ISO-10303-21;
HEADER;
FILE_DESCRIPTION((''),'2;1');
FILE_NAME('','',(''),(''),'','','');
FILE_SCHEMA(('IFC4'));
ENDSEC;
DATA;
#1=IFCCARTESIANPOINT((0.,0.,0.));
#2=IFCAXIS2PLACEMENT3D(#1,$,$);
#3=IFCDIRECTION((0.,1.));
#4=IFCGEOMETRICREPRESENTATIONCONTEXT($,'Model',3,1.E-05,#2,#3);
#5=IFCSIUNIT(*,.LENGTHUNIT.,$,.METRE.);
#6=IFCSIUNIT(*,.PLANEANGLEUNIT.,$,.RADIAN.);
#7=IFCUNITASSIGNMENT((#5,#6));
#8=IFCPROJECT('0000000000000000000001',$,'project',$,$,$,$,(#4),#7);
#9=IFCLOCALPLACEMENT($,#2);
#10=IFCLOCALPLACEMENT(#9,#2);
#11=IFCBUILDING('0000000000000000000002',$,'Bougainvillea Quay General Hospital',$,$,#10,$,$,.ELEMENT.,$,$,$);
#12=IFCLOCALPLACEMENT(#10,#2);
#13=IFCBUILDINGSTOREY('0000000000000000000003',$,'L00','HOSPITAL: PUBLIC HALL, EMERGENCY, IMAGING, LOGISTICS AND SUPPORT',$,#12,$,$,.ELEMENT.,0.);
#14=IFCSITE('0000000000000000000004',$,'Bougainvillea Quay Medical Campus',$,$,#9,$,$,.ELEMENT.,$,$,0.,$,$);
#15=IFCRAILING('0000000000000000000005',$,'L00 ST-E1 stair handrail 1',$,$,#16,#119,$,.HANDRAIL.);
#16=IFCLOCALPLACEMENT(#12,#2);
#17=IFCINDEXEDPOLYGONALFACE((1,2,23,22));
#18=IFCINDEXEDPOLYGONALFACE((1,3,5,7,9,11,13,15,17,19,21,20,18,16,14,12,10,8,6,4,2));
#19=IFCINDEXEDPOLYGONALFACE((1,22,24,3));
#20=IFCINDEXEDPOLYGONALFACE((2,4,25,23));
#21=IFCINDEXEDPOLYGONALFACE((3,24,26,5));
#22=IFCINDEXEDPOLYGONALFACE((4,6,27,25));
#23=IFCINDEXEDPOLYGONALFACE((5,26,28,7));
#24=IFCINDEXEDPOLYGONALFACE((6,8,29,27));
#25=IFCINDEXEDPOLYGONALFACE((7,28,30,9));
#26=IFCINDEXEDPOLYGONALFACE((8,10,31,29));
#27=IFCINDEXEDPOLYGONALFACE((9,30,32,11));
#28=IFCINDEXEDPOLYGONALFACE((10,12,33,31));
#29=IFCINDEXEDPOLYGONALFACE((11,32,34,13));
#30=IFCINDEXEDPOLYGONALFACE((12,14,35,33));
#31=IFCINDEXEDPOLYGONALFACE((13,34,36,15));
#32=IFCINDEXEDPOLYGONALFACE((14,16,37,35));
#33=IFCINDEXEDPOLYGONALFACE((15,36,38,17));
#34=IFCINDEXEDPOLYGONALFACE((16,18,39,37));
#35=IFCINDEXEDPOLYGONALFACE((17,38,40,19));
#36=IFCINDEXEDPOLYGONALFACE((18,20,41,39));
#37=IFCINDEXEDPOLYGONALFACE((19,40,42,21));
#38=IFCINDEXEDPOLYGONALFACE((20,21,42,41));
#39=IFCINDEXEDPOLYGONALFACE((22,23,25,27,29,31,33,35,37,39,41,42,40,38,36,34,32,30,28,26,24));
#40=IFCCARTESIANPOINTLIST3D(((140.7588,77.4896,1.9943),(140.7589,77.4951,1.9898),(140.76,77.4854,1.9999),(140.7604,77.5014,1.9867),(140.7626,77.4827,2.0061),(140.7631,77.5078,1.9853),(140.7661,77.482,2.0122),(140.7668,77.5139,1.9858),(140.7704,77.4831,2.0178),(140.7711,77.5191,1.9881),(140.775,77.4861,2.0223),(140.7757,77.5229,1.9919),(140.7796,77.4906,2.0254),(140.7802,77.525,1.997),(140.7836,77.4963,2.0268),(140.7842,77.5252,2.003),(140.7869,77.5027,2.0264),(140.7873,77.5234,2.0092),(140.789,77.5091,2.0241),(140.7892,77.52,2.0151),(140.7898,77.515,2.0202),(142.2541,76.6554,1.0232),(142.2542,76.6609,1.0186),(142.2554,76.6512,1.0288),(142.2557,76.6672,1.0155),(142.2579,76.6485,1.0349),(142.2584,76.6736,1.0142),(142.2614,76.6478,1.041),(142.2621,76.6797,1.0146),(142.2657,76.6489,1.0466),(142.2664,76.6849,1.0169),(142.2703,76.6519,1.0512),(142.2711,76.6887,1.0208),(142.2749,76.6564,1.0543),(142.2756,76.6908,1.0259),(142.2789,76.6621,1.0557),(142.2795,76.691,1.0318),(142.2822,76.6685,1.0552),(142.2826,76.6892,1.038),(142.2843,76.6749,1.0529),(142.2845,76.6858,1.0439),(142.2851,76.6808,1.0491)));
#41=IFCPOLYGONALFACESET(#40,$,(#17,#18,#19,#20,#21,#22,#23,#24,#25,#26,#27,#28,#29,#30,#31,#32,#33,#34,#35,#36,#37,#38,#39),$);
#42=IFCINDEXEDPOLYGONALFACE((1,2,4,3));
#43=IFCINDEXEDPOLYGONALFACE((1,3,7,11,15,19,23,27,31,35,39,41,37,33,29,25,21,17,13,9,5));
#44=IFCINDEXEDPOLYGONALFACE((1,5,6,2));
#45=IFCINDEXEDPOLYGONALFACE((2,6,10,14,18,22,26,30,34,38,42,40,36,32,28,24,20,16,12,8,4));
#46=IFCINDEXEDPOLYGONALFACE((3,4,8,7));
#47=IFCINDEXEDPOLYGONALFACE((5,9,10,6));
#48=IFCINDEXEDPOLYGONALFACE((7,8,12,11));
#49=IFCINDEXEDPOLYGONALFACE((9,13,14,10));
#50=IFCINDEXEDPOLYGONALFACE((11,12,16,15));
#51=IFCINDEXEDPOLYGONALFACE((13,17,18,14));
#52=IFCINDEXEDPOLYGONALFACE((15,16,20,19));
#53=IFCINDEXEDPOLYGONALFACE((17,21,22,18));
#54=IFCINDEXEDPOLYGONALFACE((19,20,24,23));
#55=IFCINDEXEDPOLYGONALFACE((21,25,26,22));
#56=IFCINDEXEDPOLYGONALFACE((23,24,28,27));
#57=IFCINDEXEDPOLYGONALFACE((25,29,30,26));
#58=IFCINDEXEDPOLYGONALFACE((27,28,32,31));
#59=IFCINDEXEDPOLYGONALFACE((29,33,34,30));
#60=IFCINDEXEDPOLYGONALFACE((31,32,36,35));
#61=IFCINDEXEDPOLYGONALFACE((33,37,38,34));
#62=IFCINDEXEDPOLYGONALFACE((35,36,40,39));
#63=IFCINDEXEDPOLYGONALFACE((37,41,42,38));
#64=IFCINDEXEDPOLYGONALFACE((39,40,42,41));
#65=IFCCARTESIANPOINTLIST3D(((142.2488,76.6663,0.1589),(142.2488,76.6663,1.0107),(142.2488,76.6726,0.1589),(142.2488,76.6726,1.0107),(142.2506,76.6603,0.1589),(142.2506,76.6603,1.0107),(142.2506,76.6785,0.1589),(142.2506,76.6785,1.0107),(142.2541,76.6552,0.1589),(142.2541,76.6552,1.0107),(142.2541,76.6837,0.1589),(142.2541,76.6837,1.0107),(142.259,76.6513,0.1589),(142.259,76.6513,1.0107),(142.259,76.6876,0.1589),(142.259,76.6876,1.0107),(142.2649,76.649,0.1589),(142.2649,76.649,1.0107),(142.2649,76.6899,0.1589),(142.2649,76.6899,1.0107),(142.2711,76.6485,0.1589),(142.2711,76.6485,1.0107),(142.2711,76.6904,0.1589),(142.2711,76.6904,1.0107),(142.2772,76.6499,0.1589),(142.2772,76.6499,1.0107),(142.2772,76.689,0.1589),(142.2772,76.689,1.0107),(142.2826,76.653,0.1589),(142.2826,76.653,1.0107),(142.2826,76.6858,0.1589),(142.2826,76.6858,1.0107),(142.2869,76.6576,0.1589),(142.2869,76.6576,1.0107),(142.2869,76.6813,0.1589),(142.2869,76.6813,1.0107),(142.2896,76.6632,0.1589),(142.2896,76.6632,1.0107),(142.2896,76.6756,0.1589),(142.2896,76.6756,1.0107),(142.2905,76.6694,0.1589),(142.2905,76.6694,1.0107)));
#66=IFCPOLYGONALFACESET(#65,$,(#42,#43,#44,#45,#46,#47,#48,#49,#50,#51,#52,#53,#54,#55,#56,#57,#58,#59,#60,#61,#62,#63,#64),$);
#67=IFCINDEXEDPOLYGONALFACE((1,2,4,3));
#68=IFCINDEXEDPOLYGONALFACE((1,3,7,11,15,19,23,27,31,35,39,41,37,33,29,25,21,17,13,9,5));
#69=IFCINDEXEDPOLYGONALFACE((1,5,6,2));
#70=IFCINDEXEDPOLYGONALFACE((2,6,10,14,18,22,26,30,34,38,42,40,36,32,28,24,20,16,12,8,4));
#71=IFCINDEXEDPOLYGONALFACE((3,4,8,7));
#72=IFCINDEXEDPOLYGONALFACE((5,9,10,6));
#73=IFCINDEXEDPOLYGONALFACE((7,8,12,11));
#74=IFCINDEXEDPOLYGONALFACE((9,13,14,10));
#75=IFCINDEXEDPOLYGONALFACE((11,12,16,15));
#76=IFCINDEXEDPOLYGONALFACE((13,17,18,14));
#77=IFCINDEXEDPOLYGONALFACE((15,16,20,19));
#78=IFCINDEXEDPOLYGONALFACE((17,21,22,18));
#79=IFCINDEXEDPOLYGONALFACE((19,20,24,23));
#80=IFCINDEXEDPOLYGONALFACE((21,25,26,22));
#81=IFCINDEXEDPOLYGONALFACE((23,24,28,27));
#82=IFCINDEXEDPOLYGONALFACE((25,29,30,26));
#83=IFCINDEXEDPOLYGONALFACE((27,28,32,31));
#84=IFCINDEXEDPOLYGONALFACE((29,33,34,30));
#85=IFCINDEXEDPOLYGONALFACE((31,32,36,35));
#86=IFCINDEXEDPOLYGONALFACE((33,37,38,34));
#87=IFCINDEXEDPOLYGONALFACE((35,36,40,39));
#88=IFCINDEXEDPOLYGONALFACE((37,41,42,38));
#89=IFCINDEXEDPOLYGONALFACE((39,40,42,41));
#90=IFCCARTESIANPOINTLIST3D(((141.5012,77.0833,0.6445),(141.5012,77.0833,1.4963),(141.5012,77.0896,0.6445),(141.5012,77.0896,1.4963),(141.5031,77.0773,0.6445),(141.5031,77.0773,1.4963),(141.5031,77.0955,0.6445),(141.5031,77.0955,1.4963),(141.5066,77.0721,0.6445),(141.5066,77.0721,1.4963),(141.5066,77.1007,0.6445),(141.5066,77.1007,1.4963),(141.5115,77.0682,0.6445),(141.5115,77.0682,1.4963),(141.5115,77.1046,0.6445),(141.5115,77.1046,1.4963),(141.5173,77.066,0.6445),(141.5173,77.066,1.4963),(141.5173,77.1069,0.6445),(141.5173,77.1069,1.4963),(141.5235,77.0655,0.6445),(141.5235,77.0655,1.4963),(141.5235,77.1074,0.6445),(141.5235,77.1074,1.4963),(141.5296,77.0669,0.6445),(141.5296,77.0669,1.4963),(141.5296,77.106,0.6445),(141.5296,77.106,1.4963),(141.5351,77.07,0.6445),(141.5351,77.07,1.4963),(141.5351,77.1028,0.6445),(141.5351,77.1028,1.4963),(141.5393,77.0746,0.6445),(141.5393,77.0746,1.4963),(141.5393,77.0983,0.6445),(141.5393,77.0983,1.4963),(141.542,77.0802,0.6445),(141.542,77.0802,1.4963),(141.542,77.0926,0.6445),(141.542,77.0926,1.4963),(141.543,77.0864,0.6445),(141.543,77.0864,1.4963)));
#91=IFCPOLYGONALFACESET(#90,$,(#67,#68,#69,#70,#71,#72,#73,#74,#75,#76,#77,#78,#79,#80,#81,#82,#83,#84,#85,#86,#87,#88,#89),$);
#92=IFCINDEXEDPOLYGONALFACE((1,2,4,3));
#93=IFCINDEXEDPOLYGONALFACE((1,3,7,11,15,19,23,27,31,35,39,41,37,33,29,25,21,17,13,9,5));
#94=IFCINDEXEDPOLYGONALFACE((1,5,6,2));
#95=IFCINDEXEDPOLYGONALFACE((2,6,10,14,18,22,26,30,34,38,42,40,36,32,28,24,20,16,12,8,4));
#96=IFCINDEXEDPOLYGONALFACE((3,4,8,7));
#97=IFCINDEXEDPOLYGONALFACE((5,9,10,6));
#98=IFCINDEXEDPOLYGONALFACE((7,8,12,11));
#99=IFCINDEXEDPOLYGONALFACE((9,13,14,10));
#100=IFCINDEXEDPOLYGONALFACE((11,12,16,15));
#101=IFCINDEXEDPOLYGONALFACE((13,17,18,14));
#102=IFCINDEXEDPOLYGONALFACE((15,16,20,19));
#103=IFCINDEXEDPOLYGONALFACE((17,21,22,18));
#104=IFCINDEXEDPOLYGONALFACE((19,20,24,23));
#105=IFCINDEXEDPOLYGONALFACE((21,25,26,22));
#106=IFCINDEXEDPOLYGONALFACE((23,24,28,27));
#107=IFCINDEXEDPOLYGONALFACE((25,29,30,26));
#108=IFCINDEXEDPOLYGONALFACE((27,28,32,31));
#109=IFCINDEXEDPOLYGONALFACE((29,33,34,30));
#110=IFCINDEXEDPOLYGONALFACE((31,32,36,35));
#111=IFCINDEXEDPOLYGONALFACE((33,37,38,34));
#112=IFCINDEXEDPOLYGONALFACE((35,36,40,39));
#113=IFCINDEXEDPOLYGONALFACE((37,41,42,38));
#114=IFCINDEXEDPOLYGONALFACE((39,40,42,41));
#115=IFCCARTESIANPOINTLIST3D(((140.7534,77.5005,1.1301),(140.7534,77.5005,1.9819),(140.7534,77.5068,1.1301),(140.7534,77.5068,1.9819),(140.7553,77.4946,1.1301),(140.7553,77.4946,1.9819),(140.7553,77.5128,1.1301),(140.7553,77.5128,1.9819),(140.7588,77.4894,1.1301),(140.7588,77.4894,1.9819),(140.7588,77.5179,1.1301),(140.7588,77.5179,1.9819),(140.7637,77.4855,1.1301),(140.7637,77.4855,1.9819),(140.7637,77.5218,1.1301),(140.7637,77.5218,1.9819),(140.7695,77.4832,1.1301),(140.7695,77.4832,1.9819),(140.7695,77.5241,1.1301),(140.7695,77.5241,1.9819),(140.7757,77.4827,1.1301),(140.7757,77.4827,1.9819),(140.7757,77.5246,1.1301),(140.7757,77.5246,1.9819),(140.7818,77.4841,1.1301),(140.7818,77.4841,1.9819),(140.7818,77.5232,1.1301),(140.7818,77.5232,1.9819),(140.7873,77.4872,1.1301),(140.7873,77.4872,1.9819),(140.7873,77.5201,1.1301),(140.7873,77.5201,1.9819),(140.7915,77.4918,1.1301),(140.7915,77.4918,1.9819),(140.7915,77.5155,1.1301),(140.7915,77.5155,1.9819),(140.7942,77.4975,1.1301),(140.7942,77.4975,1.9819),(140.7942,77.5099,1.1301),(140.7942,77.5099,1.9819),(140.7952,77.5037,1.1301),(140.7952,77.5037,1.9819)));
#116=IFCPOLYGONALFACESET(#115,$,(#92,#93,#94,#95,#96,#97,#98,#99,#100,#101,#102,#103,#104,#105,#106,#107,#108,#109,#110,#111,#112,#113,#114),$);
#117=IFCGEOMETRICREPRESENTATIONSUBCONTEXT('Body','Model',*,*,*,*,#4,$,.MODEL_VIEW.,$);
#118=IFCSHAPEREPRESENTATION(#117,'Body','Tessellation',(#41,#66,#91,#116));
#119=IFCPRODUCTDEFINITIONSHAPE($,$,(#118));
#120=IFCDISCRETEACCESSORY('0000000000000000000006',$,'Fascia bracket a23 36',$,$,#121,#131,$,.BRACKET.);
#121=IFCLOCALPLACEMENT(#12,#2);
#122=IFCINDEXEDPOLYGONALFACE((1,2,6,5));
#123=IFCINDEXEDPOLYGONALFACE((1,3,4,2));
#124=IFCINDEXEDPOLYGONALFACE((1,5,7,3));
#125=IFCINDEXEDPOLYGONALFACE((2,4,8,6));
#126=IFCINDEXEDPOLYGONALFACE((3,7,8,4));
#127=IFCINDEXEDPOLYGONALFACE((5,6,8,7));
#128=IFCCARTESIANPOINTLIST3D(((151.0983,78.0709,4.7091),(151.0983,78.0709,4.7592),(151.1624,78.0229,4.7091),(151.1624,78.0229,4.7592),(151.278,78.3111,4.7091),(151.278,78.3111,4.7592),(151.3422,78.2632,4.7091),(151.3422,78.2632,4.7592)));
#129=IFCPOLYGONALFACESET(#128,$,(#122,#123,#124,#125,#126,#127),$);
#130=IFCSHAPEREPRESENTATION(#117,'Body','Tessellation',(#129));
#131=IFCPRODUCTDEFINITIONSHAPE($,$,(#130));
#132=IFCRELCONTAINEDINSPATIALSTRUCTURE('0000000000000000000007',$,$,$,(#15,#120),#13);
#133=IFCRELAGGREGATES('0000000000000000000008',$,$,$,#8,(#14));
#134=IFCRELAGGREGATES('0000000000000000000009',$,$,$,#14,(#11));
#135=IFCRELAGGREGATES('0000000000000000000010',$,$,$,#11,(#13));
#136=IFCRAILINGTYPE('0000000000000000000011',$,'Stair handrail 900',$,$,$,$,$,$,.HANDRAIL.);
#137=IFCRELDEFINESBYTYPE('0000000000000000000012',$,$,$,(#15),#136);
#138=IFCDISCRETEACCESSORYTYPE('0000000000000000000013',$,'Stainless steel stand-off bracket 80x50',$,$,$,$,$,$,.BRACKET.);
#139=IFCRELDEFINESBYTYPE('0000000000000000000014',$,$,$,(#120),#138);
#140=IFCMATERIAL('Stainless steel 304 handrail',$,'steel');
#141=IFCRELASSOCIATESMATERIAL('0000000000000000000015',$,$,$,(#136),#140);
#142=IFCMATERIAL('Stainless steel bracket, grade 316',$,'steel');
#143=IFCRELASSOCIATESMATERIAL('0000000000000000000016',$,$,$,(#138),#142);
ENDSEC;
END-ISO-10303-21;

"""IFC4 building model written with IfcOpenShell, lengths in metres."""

from ifc_helpers import new_model, si_unit, direction, frame, origin, origin_2d, place, context, subcontext, project, spatial, rectangle, circle, extrude, material, material_profile, profile_set, type_object, element, save


model = new_model("IFC4")

# Units and contexts
model_context = context("Model", 3, precision=1e-05, world=origin(), true_north=direction((0.0, 1.0)))
body_context = subcontext(model_context, "Body", "Model", "MODEL_VIEW")
ifc_project = project(units=[si_unit("LENGTHUNIT", "METRE"), si_unit("PLANEANGLEUNIT", "RADIAN")], contexts=[model_context])

# Site, building, storey
site_placement = place(None, origin())
site = spatial("IfcSite", under=ifc_project, at=site_placement, Name="Bougainvillea Quay Medical Campus", CompositionType="ELEMENT", RefElevation=0.0)
building_placement = place(site_placement, origin())
building = spatial("IfcBuilding", under=site, at=building_placement, Name="Bougainvillea Quay General Hospital", CompositionType="ELEMENT")
storey_placement = place(building_placement, origin())
storey = spatial("IfcBuildingStorey", under=building, at=storey_placement, Name="L00", Description="HOSPITAL: PUBLIC HALL, EMERGENCY, IMAGING, LOGISTICS AND SUPPORT", CompositionType="ELEMENT", Elevation=0.0)

# Railing
ifc_material_1 = material(Name="Stainless steel 304 handrail", Category="steel")
railing_type_1 = type_object("IfcRailingType", Name="Stair handrail 900", PredefinedType="HANDRAIL", material=ifc_material_1)
railing_1_placement = place(storey_placement, frame((142.2695, 76.6694, 0.1589)))
element("IfcRailing", 1, at=railing_1_placement, inside=storey, type_object=railing_type_1, Name="L00 ST-E1 stair handrail 1", PredefinedType="HANDRAIL", context=body_context, shape_type="SweptSolid", body=[
    extrude(circle(Radius=0.0239, at=origin_2d()), frame((0.0, 0.0, 0.876), z_axis=(-0.759619, 0.423775, 0.493349), x_axis=(-0.487192, -0.873295, 0.0)), (0.0, 0.0, 1.0), 1.9685),
    extrude(circle(Radius=0.021, at=origin_2d()), origin(), (0.0, 0.0, 1.0), 0.8518),
    extrude(circle(Radius=0.021, at=origin_2d()), frame((-0.7476, 0.417, 0.4856)), (0.0, 0.0, 1.0), 0.8518),
    extrude(circle(Radius=0.021, at=origin_2d()), frame((-1.4954, 0.8342, 0.9712)), (0.0, 0.0, 1.0), 0.8518),
])

# Discrete accessory
ifc_material_2 = material(Name="Stainless steel bracket, grade 316", Category="steel")
ifc_material_profile_1 = material_profile(ifc_material_2, rectangle(XDim=0.0801, YDim=0.05, at=origin_2d()))
ifc_profile_set_1 = profile_set([ifc_material_profile_1], Name="Stainless steel bracket, grade 316")
discrete_accessory_type = type_object("IfcDiscreteAccessoryType", Name="Stainless steel stand-off bracket 80x50", PredefinedType="BRACKET", material=ifc_profile_set_1)
discrete_accessory_placement = place(storey_placement, frame((151.1304, 78.0469, 4.7341), z_axis=(0.598958, 0.800781, 0.0), x_axis=(-0.800781, 0.598958, 0.0)))
element("IfcDiscreteAccessory", 2, at=discrete_accessory_placement, inside=storey, type_object=discrete_accessory_type, Name="Fascia bracket a23 36", PredefinedType="BRACKET", context=body_context, shape_type="SweptSolid", body=[
    extrude(rectangle(XDim=0.0801, YDim=0.05, at=origin_2d()), origin(), (0.0, 0.0, 1.0), 0.3),
])

save(model, "model.ifc")
